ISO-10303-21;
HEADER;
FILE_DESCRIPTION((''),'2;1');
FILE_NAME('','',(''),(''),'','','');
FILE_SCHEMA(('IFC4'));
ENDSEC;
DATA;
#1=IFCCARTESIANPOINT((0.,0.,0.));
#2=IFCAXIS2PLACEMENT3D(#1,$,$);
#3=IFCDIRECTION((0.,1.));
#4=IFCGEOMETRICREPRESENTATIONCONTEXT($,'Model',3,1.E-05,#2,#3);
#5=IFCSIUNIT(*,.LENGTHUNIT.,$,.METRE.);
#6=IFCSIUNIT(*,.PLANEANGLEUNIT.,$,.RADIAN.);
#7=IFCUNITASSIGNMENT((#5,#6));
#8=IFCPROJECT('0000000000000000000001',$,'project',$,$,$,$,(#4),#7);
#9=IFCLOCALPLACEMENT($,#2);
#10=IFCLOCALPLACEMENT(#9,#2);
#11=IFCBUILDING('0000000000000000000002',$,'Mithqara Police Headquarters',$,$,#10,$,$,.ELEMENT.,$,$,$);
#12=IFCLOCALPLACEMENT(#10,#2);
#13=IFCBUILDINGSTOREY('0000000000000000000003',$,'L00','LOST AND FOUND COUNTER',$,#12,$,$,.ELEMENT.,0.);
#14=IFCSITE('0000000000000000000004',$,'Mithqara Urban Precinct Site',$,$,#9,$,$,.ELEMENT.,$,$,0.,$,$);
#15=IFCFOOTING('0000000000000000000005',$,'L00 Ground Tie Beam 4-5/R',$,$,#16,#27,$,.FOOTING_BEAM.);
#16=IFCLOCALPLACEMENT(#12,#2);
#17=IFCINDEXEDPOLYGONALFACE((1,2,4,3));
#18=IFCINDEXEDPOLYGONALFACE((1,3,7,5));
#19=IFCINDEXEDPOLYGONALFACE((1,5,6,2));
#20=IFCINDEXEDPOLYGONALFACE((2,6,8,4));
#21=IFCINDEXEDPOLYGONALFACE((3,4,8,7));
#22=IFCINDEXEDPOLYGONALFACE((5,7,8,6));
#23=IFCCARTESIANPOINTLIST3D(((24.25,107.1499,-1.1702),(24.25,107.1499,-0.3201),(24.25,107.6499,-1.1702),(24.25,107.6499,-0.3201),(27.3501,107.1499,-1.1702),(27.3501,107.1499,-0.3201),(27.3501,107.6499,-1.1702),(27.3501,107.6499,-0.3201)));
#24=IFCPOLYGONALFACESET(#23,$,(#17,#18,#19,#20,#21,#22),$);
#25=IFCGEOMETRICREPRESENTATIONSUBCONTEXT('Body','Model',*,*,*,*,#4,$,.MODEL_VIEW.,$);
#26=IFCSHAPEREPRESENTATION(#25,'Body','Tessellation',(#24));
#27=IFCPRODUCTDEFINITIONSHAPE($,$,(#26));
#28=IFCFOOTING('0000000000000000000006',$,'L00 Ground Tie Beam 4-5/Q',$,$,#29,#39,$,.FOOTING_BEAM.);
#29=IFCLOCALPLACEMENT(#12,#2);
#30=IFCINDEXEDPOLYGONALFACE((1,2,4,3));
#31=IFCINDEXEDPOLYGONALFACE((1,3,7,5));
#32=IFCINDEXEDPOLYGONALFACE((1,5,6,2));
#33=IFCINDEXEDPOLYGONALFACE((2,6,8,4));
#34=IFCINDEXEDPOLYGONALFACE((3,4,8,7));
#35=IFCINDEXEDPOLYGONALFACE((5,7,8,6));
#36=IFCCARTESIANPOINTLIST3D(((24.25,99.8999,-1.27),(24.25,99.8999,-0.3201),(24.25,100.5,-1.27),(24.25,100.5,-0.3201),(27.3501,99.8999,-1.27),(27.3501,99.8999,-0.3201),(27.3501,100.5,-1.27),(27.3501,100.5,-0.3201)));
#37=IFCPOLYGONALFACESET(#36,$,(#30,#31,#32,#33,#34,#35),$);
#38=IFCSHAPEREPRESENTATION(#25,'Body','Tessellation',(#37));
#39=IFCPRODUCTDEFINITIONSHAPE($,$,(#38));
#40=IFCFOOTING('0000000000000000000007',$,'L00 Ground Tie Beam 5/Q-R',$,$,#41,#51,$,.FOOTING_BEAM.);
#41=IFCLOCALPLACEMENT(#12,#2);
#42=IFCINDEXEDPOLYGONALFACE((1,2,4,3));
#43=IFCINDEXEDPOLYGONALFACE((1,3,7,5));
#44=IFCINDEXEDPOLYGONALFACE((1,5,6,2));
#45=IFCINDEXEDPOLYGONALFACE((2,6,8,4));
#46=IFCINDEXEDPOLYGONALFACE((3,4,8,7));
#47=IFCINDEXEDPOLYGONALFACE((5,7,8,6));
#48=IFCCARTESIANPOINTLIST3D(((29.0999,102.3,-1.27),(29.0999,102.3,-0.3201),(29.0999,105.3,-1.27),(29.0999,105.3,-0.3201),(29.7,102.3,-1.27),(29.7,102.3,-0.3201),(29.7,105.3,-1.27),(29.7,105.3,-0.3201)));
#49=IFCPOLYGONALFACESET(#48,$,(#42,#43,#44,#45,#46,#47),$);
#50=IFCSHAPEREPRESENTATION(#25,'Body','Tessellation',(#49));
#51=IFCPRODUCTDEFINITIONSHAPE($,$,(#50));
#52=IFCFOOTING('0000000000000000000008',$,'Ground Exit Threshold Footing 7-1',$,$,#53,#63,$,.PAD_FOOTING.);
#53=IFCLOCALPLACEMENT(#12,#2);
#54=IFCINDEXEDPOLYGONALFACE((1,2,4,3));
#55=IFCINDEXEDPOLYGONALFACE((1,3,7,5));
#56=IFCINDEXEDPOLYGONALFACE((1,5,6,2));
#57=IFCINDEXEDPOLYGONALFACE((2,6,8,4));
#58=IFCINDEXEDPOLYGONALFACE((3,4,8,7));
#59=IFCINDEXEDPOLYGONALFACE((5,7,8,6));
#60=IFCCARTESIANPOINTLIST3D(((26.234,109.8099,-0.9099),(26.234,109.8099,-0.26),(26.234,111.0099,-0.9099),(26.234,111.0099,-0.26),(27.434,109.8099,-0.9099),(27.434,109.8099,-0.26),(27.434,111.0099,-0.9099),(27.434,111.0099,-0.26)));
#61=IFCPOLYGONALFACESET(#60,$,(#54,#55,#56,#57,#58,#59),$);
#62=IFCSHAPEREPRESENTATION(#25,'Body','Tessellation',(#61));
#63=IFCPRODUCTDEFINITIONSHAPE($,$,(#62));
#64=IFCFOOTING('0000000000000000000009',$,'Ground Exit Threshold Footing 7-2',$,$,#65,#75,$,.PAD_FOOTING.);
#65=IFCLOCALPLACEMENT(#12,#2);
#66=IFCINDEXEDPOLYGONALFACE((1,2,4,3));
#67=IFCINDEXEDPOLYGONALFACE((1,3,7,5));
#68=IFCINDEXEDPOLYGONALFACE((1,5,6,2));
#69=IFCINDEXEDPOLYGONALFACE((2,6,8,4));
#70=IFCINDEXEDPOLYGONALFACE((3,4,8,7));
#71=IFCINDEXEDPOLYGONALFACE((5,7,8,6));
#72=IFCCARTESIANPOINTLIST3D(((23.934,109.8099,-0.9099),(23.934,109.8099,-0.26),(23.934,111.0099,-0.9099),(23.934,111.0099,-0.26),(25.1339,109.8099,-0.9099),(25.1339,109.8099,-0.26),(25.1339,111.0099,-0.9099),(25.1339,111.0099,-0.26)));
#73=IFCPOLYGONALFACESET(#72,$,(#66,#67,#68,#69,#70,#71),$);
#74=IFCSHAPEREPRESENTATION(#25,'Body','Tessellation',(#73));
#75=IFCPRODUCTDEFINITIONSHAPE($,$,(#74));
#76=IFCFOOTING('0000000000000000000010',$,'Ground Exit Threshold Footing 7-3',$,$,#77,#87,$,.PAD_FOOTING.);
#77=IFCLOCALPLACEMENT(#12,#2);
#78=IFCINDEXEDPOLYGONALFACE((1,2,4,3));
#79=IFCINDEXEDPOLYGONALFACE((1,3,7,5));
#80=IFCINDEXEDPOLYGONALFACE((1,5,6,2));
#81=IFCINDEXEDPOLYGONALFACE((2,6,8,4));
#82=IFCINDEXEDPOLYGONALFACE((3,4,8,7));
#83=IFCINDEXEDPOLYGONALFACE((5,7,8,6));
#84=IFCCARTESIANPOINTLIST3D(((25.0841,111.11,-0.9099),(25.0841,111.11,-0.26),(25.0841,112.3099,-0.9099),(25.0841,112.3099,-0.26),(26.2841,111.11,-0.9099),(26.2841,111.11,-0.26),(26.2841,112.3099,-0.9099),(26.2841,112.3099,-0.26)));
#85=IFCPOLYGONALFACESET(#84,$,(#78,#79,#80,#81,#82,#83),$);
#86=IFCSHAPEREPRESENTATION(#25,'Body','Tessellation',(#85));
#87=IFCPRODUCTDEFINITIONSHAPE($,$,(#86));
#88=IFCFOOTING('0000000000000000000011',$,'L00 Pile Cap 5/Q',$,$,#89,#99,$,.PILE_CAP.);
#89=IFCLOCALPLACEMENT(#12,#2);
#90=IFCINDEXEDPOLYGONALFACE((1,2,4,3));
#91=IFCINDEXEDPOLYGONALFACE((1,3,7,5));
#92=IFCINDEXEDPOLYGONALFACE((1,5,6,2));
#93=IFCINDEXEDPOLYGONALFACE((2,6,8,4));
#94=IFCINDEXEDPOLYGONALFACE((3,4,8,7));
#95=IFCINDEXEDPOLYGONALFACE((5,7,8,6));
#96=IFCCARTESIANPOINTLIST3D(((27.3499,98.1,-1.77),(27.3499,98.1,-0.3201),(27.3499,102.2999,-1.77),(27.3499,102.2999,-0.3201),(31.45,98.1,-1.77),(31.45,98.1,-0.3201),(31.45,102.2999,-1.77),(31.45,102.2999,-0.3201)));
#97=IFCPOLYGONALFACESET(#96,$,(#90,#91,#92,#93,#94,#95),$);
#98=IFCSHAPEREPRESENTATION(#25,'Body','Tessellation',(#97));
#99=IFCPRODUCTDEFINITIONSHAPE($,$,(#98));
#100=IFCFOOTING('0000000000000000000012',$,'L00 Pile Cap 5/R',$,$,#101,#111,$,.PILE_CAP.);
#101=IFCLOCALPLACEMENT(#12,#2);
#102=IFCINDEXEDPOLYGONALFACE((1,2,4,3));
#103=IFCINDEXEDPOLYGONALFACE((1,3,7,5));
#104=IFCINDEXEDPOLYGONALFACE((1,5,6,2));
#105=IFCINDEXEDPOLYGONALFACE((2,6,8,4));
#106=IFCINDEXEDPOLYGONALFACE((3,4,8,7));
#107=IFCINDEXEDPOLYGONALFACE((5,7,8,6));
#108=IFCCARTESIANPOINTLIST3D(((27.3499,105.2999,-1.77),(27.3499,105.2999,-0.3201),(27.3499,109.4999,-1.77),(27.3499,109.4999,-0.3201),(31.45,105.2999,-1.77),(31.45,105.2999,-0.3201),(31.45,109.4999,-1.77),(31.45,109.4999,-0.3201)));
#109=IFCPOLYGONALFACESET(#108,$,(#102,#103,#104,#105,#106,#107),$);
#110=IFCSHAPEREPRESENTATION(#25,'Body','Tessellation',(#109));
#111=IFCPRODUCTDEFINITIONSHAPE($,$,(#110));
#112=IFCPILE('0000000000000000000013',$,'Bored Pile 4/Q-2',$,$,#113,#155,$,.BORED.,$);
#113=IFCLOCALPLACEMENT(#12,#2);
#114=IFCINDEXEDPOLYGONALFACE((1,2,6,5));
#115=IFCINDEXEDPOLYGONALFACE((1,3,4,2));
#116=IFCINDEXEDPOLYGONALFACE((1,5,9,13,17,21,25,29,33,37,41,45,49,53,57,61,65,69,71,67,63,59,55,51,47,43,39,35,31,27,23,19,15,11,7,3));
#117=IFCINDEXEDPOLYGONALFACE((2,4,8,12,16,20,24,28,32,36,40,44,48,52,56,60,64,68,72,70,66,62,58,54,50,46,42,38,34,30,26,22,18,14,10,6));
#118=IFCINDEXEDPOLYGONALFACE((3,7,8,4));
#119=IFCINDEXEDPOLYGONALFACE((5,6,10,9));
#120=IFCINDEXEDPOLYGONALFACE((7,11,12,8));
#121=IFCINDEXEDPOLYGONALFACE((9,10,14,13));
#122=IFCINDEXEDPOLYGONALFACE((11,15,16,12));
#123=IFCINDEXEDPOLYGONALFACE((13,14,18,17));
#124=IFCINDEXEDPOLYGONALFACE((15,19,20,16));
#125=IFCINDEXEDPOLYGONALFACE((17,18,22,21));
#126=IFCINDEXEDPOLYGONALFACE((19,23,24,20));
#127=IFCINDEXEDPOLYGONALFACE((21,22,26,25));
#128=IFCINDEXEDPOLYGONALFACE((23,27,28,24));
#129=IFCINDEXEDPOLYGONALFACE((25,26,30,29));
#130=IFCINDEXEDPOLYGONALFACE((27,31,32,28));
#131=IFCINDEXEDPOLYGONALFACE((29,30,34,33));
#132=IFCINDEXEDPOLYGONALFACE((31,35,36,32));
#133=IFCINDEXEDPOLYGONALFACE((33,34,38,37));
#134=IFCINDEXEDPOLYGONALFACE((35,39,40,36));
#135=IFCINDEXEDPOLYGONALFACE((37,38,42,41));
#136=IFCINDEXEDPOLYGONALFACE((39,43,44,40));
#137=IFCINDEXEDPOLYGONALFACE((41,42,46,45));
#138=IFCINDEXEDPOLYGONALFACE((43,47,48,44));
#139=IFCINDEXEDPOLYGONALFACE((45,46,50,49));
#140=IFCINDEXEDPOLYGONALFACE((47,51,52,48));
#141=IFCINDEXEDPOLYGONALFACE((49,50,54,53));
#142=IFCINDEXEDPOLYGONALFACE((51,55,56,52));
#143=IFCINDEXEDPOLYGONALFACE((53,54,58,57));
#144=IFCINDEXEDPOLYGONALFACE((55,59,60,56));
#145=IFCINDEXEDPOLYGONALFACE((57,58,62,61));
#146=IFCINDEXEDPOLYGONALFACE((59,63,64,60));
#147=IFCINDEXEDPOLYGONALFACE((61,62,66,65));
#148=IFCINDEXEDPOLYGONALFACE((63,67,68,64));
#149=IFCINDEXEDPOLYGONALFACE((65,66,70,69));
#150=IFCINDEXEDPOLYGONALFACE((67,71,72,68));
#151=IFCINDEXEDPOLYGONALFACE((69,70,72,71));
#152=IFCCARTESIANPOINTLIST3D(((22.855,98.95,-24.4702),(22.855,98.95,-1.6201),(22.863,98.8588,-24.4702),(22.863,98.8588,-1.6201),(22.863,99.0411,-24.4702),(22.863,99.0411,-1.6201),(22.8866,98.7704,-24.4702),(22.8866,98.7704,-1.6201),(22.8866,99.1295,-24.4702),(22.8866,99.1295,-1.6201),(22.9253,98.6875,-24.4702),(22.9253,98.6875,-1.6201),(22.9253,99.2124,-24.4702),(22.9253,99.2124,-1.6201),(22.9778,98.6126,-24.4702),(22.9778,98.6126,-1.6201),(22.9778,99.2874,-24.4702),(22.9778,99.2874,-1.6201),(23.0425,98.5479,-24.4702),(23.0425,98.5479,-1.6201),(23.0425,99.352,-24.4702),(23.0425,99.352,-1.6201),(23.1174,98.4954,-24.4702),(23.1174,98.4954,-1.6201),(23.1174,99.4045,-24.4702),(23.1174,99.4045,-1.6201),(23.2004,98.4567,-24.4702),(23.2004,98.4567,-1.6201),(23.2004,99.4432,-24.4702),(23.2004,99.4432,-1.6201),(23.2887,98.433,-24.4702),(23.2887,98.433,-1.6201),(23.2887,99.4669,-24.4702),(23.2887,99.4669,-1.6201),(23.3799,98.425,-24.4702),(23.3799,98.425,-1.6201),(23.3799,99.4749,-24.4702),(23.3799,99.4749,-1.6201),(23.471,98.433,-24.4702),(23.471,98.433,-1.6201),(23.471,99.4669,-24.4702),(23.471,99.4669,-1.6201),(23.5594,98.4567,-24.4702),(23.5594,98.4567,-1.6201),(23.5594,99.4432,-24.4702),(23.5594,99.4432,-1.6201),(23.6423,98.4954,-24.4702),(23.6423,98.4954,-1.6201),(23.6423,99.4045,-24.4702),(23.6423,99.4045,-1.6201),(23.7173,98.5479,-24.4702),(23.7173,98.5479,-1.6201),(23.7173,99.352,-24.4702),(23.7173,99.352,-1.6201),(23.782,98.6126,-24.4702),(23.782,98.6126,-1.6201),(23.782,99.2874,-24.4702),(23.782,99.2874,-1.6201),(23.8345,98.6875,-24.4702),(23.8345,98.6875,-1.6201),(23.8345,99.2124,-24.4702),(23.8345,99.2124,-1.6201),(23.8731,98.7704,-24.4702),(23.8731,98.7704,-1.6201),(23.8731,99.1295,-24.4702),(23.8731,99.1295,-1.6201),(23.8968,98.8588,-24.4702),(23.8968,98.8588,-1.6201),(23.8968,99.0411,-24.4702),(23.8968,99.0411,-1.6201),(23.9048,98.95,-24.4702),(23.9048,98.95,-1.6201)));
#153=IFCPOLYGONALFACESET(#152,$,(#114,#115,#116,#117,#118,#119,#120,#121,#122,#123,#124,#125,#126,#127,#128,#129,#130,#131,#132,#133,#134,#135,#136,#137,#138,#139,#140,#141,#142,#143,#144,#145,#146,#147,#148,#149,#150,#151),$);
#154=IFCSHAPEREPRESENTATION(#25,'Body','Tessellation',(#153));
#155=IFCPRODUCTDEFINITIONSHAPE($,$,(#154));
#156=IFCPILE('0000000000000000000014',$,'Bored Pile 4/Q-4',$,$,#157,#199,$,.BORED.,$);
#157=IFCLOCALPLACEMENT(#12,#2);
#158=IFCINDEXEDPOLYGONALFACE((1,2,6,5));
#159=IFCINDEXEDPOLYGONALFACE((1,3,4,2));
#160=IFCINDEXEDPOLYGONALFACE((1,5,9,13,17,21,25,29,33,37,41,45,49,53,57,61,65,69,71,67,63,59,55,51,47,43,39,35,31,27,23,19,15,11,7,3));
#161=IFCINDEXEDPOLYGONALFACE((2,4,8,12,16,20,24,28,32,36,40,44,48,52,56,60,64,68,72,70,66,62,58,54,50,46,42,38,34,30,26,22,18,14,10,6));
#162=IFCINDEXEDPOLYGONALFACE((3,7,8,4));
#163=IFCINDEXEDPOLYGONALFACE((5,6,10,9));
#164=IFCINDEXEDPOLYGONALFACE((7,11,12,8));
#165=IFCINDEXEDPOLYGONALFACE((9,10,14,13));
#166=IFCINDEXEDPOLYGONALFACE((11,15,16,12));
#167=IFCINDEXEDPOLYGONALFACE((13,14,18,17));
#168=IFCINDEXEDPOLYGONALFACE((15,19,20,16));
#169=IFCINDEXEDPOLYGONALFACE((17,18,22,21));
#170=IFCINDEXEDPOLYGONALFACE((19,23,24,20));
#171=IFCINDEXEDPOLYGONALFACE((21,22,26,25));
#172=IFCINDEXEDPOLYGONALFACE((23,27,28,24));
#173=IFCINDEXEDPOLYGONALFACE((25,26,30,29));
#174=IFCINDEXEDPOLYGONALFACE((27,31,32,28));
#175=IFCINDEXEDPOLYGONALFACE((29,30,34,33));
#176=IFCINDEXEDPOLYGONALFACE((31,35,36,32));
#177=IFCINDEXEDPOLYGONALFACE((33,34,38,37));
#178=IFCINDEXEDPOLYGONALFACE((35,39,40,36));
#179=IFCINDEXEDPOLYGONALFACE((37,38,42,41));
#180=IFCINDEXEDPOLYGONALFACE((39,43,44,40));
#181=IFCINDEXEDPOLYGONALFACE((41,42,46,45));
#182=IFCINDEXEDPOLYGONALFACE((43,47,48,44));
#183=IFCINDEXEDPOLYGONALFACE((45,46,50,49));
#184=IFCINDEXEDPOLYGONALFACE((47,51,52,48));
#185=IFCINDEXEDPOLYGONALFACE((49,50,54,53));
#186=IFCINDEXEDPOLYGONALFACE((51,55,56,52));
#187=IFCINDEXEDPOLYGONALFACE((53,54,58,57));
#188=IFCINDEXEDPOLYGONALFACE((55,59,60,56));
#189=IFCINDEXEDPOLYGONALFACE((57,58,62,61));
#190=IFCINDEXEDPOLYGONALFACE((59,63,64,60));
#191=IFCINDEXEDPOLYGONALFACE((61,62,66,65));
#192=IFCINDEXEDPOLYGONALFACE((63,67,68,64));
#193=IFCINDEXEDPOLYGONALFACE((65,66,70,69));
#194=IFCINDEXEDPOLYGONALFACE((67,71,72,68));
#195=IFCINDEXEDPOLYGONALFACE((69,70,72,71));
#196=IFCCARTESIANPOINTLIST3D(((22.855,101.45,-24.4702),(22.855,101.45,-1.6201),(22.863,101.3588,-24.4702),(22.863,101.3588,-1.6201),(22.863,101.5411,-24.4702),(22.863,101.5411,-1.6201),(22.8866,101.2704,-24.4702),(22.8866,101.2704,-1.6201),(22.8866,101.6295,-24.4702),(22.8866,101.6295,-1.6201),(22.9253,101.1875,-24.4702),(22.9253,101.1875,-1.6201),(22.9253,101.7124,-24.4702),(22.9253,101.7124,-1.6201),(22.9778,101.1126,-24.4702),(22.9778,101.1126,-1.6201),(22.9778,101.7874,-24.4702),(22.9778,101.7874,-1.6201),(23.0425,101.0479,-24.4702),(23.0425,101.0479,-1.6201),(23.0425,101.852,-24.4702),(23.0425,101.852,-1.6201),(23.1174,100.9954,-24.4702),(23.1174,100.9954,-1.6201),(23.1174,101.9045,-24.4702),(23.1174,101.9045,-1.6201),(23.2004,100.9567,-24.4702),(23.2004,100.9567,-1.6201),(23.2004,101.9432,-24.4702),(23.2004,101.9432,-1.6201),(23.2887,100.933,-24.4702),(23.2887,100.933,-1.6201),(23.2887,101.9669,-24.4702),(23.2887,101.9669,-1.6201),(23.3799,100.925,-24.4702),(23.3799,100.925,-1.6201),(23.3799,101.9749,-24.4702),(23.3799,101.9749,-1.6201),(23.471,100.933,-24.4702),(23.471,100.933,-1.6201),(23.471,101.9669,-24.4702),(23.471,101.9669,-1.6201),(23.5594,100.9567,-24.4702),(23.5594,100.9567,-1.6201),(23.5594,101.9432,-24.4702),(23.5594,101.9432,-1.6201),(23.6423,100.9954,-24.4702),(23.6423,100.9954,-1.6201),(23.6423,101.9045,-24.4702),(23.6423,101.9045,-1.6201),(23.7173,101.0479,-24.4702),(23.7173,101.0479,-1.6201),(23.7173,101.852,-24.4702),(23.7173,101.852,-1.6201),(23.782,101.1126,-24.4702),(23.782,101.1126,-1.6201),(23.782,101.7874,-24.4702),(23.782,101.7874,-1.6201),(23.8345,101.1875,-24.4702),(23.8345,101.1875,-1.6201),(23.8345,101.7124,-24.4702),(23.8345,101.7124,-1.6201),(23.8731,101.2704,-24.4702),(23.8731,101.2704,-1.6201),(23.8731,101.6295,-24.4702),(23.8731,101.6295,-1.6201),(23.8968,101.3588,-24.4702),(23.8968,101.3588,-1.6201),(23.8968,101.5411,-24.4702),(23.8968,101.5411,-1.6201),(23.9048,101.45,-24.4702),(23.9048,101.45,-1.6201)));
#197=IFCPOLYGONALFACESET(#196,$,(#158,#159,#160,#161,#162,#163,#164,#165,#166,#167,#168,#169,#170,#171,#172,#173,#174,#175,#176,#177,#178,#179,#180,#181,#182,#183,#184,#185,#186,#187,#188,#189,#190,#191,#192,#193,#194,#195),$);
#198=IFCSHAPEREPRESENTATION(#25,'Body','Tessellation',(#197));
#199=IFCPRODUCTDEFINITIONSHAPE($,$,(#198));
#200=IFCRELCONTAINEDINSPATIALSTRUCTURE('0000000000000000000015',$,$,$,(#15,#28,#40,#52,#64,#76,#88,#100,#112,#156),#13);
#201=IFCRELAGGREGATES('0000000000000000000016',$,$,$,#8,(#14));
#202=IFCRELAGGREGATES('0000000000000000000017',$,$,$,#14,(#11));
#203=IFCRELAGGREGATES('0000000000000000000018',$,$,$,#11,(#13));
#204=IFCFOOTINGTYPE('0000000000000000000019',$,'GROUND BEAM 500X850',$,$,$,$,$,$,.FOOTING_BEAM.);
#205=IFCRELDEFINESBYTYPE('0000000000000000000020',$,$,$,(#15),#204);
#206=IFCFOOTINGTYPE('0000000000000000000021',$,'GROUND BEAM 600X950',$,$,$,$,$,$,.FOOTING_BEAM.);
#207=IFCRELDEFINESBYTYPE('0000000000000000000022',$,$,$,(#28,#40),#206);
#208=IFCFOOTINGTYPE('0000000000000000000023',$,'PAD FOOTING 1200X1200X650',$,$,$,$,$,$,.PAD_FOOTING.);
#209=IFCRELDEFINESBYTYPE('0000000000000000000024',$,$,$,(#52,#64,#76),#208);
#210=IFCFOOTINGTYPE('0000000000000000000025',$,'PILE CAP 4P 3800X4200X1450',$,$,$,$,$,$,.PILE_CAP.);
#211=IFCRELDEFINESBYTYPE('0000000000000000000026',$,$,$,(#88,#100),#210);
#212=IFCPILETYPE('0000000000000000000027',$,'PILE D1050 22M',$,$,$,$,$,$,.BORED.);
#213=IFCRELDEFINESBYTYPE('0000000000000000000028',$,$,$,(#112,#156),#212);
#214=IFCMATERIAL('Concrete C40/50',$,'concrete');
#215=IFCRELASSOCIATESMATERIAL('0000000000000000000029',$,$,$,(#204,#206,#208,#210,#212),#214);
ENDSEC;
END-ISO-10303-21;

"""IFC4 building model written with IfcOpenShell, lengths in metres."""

from ifc_helpers import new_model, si_unit, direction, frame, origin, origin_2d, place, context, subcontext, project, spatial, rectangle, circle, extrude, material, material_profile, profile_set, type_object, element, save


model = new_model("IFC4")

# Units and contexts
model_context = context("Model", 3, precision=1e-05, world=origin(), true_north=direction((0.0, 1.0)))
body_context = subcontext(model_context, "Body", "Model", "MODEL_VIEW")
ifc_project = project(units=[si_unit("LENGTHUNIT", "METRE"), si_unit("PLANEANGLEUNIT", "RADIAN")], contexts=[model_context])

# Site, building, storey
site_placement = place(None, origin())
site = spatial("IfcSite", under=ifc_project, at=site_placement, Name="Mithqara Urban Precinct Site", CompositionType="ELEMENT", RefElevation=0.0)
building_placement = place(site_placement, origin())
building = spatial("IfcBuilding", under=site, at=building_placement, Name="Mithqara Police Headquarters", CompositionType="ELEMENT")
storey_placement = place(building_placement, origin())
storey = spatial("IfcBuildingStorey", under=building, at=storey_placement, Name="L00", Description="LOST AND FOUND COUNTER", CompositionType="ELEMENT", Elevation=0.0)

# Footings
ifc_material_1 = material(Name="Concrete C40/50", Category="concrete")
footing_type_1 = type_object("IfcFootingType", Name="GROUND BEAM 500X850", PredefinedType="FOOTING_BEAM", material=ifc_material_1)
footing_1_placement = place(storey_placement, frame((25.8, 107.3999, -1.1702), z_axis=(0.0, 0.0, 1.0), x_axis=(1.0, 0.0, 0.0)))
element("IfcFooting", 1, at=footing_1_placement, inside=storey, type_object=footing_type_1, Name="L00 Ground Tie Beam 4-5/R", PredefinedType="FOOTING_BEAM", context=body_context, shape_type="SweptSolid", body=[
    extrude(rectangle(XDim=3.1001, YDim=0.5, at=origin_2d()), origin(), (0.0, 0.0, 1.0), 0.8501),
])
footing_type_2 = type_object("IfcFootingType", Name="GROUND BEAM 600X950", PredefinedType="FOOTING_BEAM", material=ifc_material_1)
footing_2_placement = place(storey_placement, frame((25.8, 100.2, -1.27), z_axis=(0.0, 0.0, 1.0), x_axis=(1.0, 0.0, 0.0)))
element("IfcFooting", 2, at=footing_2_placement, inside=storey, type_object=footing_type_2, Name="L00 Ground Tie Beam 4-5/Q", PredefinedType="FOOTING_BEAM", context=body_context, shape_type="SweptSolid", body=[
    extrude(rectangle(XDim=3.1001, YDim=0.6001, at=origin_2d()), origin(), (0.0, 0.0, 1.0), 0.95),
])
footing_3_placement = place(storey_placement, frame((29.3999, 103.8, -1.27), z_axis=(0.0, 0.0, 1.0), x_axis=(1.0, 0.0, 0.0)))
element("IfcFooting", 3, at=footing_3_placement, inside=storey, type_object=footing_type_2, Name="L00 Ground Tie Beam 5/Q-R", PredefinedType="FOOTING_BEAM", context=body_context, shape_type="SweptSolid", body=[
    extrude(rectangle(XDim=0.6001, YDim=3.0, at=origin_2d()), origin(), (0.0, 0.0, 1.0), 0.95),
])
footing_type_3 = type_object("IfcFootingType", Name="PAD FOOTING 1200X1200X650", PredefinedType="PAD_FOOTING", material=ifc_material_1)
for number, where, z_axis, x_axis, name in (
    (4, (26.834, 110.4099, -0.9099), (0.0, 0.0, 1.0), (1.0, 0.0, 0.0), "Ground Exit Threshold Footing 7-1"),
    (5, (24.5339, 110.4099, -0.9099), (0.0, 0.0, 1.0), (1.0, 0.0, 0.0), "Ground Exit Threshold Footing 7-2"),
    (6, (25.6841, 111.71, -0.9099), (0.0, 0.0, 1.0), (1.0, 0.0, 0.0), "Ground Exit Threshold Footing 7-3"),
):
    element("IfcFooting", number, at=place(storey_placement, frame(where, z_axis=z_axis, x_axis=x_axis)), inside=storey, type_object=footing_type_3, Name=name, PredefinedType="PAD_FOOTING", context=body_context, shape_type="SweptSolid", body=[
        extrude(rectangle(XDim=1.2, YDim=1.2, at=origin_2d()), origin(), (0.0, 0.0, 1.0), 0.6499),
    ])
footing_type_4 = type_object("IfcFootingType", Name="PILE CAP 4P 3800X4200X1450", PredefinedType="PILE_CAP", material=ifc_material_1)
for number, where, z_axis, x_axis, name in (
    (7, (29.3999, 100.2, -1.77), (0.0, 0.0, 1.0), (1.0, 0.0, 0.0), "L00 Pile Cap 5/Q"),
    (8, (29.3999, 107.3999, -1.77), (0.0, 0.0, 1.0), (1.0, 0.0, 0.0), "L00 Pile Cap 5/R"),
):
    element("IfcFooting", number, at=place(storey_placement, frame(where, z_axis=z_axis, x_axis=x_axis)), inside=storey, type_object=footing_type_4, Name=name, PredefinedType="PILE_CAP", context=body_context, shape_type="SweptSolid", body=[
        extrude(rectangle(XDim=4.1001, YDim=4.2, at=origin_2d()), origin(), (0.0, 0.0, 1.0), 1.45),
    ])

# Piles
ifc_material_profile_1 = material_profile(ifc_material_1, circle(Radius=0.5249, at=origin_2d()), Name="PILE D1050")
ifc_profile_set_1 = profile_set([ifc_material_profile_1], Name="Concrete C40/50")
pile_type = type_object("IfcPileType", Name="PILE D1050 22M", PredefinedType="BORED", material=ifc_profile_set_1)
for number, where, z_axis, x_axis, name in (
    (9, (23.3799, 98.95, -1.6201), (0.0, 0.0, -1.0), (1.0, 0.0, 0.0), "Bored Pile 4/Q-2"),
    (10, (23.3799, 101.45, -1.6201), (0.0, 0.0, -1.0), (1.0, 0.0, 0.0), "Bored Pile 4/Q-4"),
):
    element("IfcPile", number, at=place(storey_placement, frame(where, z_axis=z_axis, x_axis=x_axis)), inside=storey, type_object=pile_type, Name=name, PredefinedType="BORED", context=body_context, shape_type="SweptSolid", body=[
        extrude(circle(Radius=0.5249, at=origin_2d()), origin(), (0.0, 0.0, 1.0), 22.8501),
    ])

save(model, "model.ifc")
